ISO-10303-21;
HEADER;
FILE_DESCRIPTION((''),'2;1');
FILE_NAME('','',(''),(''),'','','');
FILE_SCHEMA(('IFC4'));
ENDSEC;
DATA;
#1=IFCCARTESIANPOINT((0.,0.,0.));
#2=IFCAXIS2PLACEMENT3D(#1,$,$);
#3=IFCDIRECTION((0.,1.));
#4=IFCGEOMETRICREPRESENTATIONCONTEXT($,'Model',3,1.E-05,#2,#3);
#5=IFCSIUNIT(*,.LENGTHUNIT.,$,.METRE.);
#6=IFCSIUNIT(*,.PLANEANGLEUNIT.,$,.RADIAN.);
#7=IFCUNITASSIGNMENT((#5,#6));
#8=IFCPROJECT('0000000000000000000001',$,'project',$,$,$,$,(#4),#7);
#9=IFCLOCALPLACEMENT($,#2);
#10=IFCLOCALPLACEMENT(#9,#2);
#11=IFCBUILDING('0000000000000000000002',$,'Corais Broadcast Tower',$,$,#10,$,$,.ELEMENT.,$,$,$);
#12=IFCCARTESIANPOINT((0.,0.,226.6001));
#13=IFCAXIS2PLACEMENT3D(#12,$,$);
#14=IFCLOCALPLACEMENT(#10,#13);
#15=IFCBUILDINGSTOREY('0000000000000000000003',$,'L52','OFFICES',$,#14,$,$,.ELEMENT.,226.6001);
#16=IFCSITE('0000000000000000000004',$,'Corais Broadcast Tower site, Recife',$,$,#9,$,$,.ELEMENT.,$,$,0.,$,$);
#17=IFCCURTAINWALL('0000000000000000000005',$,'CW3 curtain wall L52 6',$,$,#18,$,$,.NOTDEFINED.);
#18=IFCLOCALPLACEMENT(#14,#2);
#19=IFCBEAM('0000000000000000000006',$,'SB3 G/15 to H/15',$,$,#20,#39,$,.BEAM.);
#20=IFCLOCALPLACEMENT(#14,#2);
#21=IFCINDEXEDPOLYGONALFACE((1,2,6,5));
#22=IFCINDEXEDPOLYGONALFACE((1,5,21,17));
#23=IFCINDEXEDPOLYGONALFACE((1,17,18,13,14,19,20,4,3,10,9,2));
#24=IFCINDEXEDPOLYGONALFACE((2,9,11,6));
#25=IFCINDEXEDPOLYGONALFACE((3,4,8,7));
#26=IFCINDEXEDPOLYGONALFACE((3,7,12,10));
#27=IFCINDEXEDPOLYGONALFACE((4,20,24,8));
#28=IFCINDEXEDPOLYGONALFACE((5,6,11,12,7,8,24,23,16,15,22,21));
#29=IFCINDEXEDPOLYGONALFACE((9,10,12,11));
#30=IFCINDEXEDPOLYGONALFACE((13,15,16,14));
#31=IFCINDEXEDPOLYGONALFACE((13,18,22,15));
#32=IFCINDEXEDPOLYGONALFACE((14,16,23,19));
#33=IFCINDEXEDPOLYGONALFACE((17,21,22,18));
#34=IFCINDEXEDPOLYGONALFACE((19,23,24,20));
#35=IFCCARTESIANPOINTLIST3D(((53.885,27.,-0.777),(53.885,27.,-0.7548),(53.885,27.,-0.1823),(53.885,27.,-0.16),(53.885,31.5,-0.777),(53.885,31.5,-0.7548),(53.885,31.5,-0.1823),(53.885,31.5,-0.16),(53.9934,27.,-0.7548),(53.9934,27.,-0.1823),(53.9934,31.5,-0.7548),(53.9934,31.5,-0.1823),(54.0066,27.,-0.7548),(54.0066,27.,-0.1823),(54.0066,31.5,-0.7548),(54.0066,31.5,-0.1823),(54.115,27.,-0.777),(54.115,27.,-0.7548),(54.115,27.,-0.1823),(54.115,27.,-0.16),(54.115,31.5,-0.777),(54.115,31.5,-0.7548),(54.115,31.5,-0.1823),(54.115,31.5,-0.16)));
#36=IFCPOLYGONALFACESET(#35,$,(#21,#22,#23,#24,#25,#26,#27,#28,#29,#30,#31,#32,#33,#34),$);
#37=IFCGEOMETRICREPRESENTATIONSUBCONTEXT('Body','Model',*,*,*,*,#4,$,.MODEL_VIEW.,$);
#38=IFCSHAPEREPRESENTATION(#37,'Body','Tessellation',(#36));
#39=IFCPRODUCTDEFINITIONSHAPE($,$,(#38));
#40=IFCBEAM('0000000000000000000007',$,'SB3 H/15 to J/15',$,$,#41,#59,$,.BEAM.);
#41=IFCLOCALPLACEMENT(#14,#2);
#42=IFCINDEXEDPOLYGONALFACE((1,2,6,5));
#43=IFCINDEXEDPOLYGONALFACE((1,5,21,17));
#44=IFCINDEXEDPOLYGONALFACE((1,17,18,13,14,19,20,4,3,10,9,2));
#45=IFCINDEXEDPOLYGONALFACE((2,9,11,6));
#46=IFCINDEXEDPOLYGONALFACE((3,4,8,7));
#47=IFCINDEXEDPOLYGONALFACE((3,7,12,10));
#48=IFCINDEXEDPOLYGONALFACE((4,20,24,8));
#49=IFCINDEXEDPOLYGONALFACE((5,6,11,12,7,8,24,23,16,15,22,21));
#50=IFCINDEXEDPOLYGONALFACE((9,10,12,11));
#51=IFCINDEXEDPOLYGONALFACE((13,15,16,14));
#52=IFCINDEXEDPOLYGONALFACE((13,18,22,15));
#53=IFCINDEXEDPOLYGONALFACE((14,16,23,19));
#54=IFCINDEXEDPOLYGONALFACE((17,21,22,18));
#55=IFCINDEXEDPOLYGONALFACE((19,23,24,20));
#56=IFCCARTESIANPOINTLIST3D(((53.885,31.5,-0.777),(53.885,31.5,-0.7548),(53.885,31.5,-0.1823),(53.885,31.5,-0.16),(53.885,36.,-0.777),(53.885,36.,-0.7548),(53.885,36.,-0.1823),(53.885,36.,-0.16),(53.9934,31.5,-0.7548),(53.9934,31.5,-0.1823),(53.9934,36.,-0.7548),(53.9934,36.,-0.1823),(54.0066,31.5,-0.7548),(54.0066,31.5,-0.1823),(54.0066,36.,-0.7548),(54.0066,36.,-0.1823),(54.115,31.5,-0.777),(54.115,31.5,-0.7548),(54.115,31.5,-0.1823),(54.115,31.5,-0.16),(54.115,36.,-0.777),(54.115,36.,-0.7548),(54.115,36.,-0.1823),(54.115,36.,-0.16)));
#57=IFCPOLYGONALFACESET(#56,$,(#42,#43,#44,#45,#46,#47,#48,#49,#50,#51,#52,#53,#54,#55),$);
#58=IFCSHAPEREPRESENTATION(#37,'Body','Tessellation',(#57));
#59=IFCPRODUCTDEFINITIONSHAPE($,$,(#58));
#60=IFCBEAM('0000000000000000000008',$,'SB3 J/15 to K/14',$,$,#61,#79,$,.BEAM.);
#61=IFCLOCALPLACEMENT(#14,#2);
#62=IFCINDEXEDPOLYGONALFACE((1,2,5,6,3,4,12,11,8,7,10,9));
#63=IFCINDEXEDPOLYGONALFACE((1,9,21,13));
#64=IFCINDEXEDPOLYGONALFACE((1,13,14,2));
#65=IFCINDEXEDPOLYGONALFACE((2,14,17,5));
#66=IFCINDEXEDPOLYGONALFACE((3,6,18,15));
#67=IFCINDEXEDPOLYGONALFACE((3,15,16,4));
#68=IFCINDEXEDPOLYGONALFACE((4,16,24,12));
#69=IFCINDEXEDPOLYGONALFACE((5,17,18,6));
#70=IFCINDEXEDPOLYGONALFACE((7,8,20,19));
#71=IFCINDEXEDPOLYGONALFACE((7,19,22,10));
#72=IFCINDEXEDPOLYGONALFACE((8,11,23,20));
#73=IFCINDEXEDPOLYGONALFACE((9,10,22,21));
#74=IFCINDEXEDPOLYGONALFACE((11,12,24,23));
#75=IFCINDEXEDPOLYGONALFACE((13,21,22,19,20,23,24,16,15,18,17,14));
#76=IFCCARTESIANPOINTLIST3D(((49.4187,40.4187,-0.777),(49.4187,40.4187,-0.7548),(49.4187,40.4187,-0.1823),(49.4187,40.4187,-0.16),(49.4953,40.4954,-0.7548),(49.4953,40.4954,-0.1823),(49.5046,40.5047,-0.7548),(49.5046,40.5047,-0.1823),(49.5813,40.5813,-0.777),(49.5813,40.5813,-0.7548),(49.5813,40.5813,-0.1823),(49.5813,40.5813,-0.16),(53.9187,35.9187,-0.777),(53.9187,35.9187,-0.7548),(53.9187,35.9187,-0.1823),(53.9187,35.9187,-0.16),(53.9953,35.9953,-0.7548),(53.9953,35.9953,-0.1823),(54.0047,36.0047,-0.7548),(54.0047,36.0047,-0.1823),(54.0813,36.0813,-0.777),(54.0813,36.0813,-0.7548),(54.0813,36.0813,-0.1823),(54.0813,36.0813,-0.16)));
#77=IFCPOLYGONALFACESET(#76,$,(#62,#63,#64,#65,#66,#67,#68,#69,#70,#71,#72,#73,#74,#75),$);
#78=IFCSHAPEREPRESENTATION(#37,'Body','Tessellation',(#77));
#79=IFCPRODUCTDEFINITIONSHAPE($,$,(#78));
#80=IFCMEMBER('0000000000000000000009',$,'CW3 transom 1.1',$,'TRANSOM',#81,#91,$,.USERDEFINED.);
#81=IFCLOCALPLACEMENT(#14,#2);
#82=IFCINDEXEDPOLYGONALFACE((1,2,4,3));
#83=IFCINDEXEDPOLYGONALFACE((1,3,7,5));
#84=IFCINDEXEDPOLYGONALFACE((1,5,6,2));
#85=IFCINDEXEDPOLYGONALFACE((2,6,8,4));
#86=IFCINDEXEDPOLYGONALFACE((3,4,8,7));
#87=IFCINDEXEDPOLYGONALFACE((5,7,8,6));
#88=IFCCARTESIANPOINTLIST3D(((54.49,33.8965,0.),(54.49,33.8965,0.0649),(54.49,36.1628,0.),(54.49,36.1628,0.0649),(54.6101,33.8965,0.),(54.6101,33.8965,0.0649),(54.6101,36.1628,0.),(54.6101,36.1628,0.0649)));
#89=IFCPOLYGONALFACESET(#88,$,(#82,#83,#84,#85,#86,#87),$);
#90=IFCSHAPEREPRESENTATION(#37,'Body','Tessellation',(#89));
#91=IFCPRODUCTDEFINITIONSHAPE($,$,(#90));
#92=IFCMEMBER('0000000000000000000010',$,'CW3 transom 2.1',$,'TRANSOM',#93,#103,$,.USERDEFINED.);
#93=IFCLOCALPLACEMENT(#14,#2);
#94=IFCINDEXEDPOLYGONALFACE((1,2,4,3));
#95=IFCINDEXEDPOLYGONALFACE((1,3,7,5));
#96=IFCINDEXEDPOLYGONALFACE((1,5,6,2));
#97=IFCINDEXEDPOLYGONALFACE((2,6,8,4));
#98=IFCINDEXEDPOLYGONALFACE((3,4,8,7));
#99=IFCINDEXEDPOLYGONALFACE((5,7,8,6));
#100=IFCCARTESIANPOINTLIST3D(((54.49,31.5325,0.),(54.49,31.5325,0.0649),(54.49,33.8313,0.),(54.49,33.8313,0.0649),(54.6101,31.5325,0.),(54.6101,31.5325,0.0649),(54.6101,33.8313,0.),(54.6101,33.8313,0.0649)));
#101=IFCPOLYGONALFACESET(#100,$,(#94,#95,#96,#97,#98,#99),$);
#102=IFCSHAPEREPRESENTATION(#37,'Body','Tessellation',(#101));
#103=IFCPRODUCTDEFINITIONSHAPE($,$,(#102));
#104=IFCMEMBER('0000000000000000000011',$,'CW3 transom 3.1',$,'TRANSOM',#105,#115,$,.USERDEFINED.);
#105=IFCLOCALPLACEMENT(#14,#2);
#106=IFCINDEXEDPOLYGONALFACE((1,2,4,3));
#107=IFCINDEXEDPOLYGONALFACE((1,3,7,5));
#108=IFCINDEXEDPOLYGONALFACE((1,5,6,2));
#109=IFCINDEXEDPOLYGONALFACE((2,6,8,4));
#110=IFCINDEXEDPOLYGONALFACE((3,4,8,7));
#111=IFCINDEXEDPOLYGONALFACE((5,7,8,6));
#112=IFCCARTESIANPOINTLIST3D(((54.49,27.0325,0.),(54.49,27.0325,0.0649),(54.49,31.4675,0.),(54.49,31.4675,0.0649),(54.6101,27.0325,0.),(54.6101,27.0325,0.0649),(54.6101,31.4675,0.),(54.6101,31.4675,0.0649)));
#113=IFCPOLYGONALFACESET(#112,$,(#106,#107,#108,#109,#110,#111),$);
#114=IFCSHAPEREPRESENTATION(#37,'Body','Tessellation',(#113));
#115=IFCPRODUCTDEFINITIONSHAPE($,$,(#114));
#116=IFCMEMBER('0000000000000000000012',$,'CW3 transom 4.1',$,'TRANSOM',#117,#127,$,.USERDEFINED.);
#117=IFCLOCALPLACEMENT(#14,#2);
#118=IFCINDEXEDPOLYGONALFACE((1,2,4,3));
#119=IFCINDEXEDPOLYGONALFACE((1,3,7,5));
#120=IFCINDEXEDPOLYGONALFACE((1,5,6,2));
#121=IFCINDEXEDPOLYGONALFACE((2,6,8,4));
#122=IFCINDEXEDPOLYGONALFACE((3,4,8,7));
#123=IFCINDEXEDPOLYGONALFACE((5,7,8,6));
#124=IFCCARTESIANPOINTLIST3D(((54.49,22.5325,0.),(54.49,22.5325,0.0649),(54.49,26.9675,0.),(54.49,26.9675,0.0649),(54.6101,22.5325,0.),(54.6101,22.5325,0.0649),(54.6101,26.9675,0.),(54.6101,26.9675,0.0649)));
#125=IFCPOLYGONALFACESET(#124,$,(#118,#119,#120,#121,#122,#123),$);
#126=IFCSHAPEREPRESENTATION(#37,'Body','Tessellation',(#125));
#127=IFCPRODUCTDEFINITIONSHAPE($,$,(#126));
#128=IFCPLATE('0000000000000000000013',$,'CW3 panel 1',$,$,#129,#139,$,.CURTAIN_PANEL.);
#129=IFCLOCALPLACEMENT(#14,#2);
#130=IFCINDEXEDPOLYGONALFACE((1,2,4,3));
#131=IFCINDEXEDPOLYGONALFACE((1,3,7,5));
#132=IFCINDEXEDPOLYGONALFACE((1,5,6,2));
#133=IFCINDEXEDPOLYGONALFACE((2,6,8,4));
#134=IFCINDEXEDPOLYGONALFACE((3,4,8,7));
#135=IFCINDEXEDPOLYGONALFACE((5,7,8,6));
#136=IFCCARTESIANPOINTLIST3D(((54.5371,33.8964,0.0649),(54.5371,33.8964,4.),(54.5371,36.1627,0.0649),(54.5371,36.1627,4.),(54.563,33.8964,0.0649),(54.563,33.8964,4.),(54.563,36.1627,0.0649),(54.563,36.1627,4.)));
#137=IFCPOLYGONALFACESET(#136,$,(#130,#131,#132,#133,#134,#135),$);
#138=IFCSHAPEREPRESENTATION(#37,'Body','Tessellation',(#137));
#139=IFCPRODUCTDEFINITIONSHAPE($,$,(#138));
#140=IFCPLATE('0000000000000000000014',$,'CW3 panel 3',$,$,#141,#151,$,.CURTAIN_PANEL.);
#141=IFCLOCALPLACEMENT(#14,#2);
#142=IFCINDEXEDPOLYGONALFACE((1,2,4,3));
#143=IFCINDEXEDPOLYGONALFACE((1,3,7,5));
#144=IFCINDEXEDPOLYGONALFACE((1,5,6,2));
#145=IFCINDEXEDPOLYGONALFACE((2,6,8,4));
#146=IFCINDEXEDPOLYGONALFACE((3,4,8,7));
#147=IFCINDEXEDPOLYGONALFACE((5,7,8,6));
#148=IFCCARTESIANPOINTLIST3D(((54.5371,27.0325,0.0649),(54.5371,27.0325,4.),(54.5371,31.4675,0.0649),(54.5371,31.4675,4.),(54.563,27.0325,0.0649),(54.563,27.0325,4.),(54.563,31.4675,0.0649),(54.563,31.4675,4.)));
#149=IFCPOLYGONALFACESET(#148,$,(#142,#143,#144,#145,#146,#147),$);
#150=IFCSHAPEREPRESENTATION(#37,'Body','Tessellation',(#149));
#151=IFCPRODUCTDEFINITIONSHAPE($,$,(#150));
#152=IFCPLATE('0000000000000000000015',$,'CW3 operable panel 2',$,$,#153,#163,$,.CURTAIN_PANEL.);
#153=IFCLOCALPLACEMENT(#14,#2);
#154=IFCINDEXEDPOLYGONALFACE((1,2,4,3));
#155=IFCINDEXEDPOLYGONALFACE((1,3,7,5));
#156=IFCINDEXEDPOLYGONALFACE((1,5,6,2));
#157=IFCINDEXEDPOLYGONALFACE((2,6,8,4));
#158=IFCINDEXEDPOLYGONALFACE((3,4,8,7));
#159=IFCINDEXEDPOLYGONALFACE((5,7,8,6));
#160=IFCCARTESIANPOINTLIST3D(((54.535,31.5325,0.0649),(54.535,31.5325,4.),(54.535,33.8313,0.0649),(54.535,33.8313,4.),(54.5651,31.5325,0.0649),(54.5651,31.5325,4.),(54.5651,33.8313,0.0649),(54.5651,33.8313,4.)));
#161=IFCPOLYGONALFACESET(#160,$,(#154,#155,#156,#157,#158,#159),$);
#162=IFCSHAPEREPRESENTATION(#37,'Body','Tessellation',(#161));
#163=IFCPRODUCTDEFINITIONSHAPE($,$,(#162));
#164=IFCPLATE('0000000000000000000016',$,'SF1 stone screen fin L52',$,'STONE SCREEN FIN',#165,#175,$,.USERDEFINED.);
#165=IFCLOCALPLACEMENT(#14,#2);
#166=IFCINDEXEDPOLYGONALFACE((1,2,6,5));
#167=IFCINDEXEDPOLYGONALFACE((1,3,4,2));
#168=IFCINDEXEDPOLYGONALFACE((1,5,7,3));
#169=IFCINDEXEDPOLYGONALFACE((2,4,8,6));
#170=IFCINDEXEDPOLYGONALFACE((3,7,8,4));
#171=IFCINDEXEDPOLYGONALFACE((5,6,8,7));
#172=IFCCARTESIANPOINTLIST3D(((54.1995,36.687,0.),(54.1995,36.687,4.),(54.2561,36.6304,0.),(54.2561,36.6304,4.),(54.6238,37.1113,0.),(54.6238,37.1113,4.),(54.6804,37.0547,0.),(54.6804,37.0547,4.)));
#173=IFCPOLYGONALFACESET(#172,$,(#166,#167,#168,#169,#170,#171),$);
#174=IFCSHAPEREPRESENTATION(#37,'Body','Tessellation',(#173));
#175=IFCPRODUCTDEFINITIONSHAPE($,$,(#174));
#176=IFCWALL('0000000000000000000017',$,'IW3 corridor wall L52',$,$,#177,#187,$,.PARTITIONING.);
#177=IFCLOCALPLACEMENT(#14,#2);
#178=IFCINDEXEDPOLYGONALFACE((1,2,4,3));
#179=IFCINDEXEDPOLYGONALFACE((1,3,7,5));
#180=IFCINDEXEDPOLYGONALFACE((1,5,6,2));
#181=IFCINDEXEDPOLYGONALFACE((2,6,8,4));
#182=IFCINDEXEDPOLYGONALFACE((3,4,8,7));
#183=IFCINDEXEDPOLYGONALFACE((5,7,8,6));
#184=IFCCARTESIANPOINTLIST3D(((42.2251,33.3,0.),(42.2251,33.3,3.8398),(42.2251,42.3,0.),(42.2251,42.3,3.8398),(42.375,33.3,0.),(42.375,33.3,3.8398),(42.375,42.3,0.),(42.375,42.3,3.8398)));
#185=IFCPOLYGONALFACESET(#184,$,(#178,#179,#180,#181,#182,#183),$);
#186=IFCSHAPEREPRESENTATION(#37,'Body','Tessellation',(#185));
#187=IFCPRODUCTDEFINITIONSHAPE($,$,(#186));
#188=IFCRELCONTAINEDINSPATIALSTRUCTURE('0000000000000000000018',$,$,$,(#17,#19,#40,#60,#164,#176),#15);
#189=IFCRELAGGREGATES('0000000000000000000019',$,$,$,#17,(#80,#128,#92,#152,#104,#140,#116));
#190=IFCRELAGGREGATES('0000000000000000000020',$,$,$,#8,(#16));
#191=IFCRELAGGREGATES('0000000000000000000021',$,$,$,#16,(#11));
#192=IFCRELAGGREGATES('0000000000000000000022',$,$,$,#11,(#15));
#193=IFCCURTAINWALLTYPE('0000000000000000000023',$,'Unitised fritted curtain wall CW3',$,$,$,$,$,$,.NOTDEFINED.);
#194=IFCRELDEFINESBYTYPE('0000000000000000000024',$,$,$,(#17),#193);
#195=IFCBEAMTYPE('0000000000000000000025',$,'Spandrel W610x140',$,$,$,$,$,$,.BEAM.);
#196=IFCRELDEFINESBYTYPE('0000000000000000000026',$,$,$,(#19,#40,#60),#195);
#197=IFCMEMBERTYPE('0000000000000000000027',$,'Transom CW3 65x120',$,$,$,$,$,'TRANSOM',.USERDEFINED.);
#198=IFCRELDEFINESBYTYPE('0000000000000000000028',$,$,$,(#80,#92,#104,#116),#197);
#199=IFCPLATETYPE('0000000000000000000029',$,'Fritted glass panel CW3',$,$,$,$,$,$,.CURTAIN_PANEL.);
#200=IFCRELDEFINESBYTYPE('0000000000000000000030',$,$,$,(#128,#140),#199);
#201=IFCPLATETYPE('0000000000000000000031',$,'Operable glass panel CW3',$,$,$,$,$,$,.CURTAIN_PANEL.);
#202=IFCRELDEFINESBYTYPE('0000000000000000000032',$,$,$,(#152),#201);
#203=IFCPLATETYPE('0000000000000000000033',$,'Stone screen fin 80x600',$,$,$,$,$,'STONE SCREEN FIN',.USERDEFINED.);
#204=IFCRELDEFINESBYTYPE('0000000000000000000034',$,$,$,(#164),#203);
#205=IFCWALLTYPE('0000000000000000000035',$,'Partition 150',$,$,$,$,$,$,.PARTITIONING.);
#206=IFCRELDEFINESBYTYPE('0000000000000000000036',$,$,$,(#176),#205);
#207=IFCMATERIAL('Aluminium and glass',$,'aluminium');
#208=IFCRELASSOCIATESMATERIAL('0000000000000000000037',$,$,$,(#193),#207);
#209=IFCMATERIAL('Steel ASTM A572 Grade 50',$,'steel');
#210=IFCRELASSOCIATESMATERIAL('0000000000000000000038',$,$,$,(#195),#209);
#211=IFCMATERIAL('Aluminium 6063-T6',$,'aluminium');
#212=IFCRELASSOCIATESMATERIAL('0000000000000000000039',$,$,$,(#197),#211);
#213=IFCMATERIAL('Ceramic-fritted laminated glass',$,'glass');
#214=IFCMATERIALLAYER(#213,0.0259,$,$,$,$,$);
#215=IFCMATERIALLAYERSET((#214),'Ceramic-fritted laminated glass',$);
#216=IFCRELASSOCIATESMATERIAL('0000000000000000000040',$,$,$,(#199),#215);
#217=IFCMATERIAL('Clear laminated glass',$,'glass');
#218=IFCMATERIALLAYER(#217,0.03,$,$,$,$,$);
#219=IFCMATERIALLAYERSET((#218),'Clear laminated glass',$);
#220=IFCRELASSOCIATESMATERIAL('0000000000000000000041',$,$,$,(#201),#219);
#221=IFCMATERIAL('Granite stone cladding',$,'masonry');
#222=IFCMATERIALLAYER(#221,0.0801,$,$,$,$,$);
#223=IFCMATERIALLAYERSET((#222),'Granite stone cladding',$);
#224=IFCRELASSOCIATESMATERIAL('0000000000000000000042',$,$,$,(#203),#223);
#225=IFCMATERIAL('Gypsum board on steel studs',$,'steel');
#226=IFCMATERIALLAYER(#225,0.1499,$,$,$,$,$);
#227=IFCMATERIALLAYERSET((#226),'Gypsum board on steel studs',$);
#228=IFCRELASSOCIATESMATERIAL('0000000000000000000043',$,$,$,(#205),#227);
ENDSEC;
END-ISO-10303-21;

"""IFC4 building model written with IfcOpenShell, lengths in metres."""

from ifc_helpers import new_model, si_unit, direction, frame, frame_2d, origin, origin_2d, place, context, subcontext, project, spatial, rectangle, i_section, extrude, material, layer, layer_set, material_profile, profile_set, type_object, element, aggregate, save


model = new_model("IFC4")

# Units and contexts
model_context = context("Model", 3, precision=1e-05, world=origin(), true_north=direction((0.0, 1.0)))
body_context = subcontext(model_context, "Body", "Model", "MODEL_VIEW")
ifc_project = project(units=[si_unit("LENGTHUNIT", "METRE"), si_unit("PLANEANGLEUNIT", "RADIAN")], contexts=[model_context])

# Site, building, storey
site_placement = place(None, origin())
site = spatial("IfcSite", under=ifc_project, at=site_placement, Name="Corais Broadcast Tower site, Recife", CompositionType="ELEMENT", RefElevation=0.0)
building_placement = place(site_placement, origin())
building = spatial("IfcBuilding", under=site, at=building_placement, Name="Corais Broadcast Tower", CompositionType="ELEMENT")
storey_placement = place(building_placement, frame((0.0, 0.0, 226.6001)))
storey = spatial("IfcBuildingStorey", under=building, at=storey_placement, Name="L52", Description="OFFICES", CompositionType="ELEMENT", Elevation=226.6001)

# Shared definitions
ifc_material_1 = material(Name="Aluminium and glass", Category="aluminium")
curtain_wall_type = type_object("IfcCurtainWallType", Name="Unitised fritted curtain wall CW3", PredefinedType="NOTDEFINED", material=ifc_material_1)

# Curtain wall
curtain_wall_1_placement = place(storey_placement, origin())
curtain_wall_1 = element("IfcCurtainWall", 1, at=curtain_wall_1_placement, inside=storey, type_object=curtain_wall_type, Name="CW3 curtain wall L52 6", PredefinedType="NOTDEFINED")

# Beams
ifc_material_2 = material(Name="Steel ASTM A572 Grade 50", Category="steel")
ifc_material_profile_1 = material_profile(ifc_material_2, i_section(OverallWidth=0.23, OverallDepth=0.6169, WebThickness=0.0132, FlangeThickness=0.0222, at=origin_2d()), Name="W610x140")
ifc_profile_set_1 = profile_set([ifc_material_profile_1], Name="Steel ASTM A572 Grade 50")
beam_type_1 = type_object("IfcBeamType", Name="Spandrel W610x140", PredefinedType="BEAM", material=ifc_profile_set_1)
for number, where, z_axis, x_axis, name in (
    (2, (54.0, 27.0, -0.4685), (0.0, 1.0, 0.0), (-1.0, 0.0, 0.0), "SB3 G/15 to H/15"),
    (3, (54.0, 31.5, -0.4685), (0.0, 1.0, 0.0), (-1.0, 0.0, 0.0), "SB3 H/15 to J/15"),
):
    element("IfcBeam", number, at=place(storey_placement, frame(where, z_axis=z_axis, x_axis=x_axis)), inside=storey, type_object=beam_type_1, Name=name, PredefinedType="BEAM", context=body_context, shape_type="SweptSolid", body=[
        extrude(i_section(OverallWidth=0.23, OverallDepth=0.6169, WebThickness=0.0132, FlangeThickness=0.0222, at=origin_2d()), origin(), (0.0, 0.0, 1.0), 4.5),
    ])
beam_placement = place(storey_placement, frame((54.0, 36.0, -0.4685), z_axis=(-0.707107, 0.707107, 0.0), x_axis=(-0.707107, -0.707107, 0.0)))
element("IfcBeam", 4, at=beam_placement, inside=storey, type_object=beam_type_1, Name="SB3 J/15 to K/14", PredefinedType="BEAM", context=body_context, shape_type="SweptSolid", body=[
    extrude(i_section(OverallWidth=0.23, OverallDepth=0.6169, WebThickness=0.0132, FlangeThickness=0.0222, at=origin_2d()), origin(), (0.0, 0.0, 1.0), 6.364),
])

# Members
ifc_material_3 = material(Name="Aluminium 6063-T6", Category="aluminium")
ifc_material_profile_2 = material_profile(ifc_material_3, rectangle(XDim=0.1201, YDim=0.0649, at=origin_2d()), Name="Transom CW3 65x120")
ifc_profile_set_2 = profile_set([ifc_material_profile_2], Name="Aluminium 6063-T6")
member_type_1 = type_object("IfcMemberType", Name="Transom CW3 65x120", ElementType="TRANSOM", PredefinedType="USERDEFINED", material=ifc_profile_set_2)
member_1_placement = place(storey_placement, frame((54.55, 36.1628, 0.0325), z_axis=(0.0, -1.0, 0.0), x_axis=(1.0, 0.0, 0.0)))
member_1 = element("IfcMember", 5, at=member_1_placement, type_object=member_type_1, Name="CW3 transom 1.1", ObjectType="TRANSOM", PredefinedType="USERDEFINED", context=body_context, shape_type="SweptSolid", body=[
    extrude(rectangle(XDim=0.1201, YDim=0.0649, at=origin_2d()), origin(), (0.0, 0.0, 1.0), 2.2664),
])
member_2_placement = place(storey_placement, frame((54.55, 33.8313, 0.0325), z_axis=(0.0, -1.0, 0.0), x_axis=(1.0, 0.0, 0.0)))
member_2 = element("IfcMember", 6, at=member_2_placement, type_object=member_type_1, Name="CW3 transom 2.1", ObjectType="TRANSOM", PredefinedType="USERDEFINED", context=body_context, shape_type="SweptSolid", body=[
    extrude(rectangle(XDim=0.1201, YDim=0.0649, at=origin_2d()), origin(), (0.0, 0.0, 1.0), 2.2988),
])
member_3_placement = place(storey_placement, frame((54.55, 31.4675, 0.0325), z_axis=(0.0, -1.0, 0.0), x_axis=(1.0, 0.0, 0.0)))
member_3 = element("IfcMember", 7, at=member_3_placement, type_object=member_type_1, Name="CW3 transom 3.1", ObjectType="TRANSOM", PredefinedType="USERDEFINED", context=body_context, shape_type="SweptSolid", body=[
    extrude(rectangle(XDim=0.1201, YDim=0.0649, at=origin_2d()), origin(), (0.0, 0.0, 1.0), 4.4351),
])
member_4_placement = place(storey_placement, frame((54.55, 26.9675, 0.0325), z_axis=(0.0, -1.0, 0.0), x_axis=(1.0, 0.0, 0.0)))
member_4 = element("IfcMember", 8, at=member_4_placement, type_object=member_type_1, Name="CW3 transom 4.1", ObjectType="TRANSOM", PredefinedType="USERDEFINED", context=body_context, shape_type="SweptSolid", body=[
    extrude(rectangle(XDim=0.1201, YDim=0.0649, at=origin_2d()), origin(), (0.0, 0.0, 1.0), 4.4351),
])

# Plates
ifc_material_4 = material(Name="Ceramic-fritted laminated glass", Category="glass")
ifc_layer_1 = layer(ifc_material_4, 0.0259)
ifc_layer_set_1 = layer_set([ifc_layer_1], Name="Ceramic-fritted laminated glass")
plate_type_1 = type_object("IfcPlateType", Name="Fritted glass panel CW3", PredefinedType="CURTAIN_PANEL", material=ifc_layer_set_1)
plate_1_placement = place(storey_placement, frame((54.55, 35.0295, 0.0649), z_axis=(0.0, 0.0, 1.0), x_axis=(0.0, -1.0, 0.0)))
plate_1 = element("IfcPlate", 9, at=plate_1_placement, type_object=plate_type_1, Name="CW3 panel 1", PredefinedType="CURTAIN_PANEL", context=body_context, shape_type="SweptSolid", body=[
    extrude(rectangle(XDim=2.2664, YDim=0.0259, at=origin_2d()), origin(), (0.0, 0.0, 1.0), 3.9351),
])
plate_2_placement = place(storey_placement, frame((54.55, 29.25, 0.0649), z_axis=(0.0, 0.0, 1.0), x_axis=(0.0, -1.0, 0.0)))
plate_2 = element("IfcPlate", 10, at=plate_2_placement, type_object=plate_type_1, Name="CW3 panel 3", PredefinedType="CURTAIN_PANEL", context=body_context, shape_type="SweptSolid", body=[
    extrude(rectangle(XDim=4.4351, YDim=0.0259, at=origin_2d()), origin(), (0.0, 0.0, 1.0), 3.9351),
])
ifc_material_5 = material(Name="Clear laminated glass", Category="glass")
ifc_layer_2 = layer(ifc_material_5, 0.03)
ifc_layer_set_2 = layer_set([ifc_layer_2], Name="Clear laminated glass")
plate_type_2 = type_object("IfcPlateType", Name="Operable glass panel CW3", PredefinedType="CURTAIN_PANEL", material=ifc_layer_set_2)
plate_3_placement = place(storey_placement, frame((54.55, 32.6819, 0.0649), z_axis=(0.0, 0.0, 1.0), x_axis=(0.0, -1.0, 0.0)))
plate_3 = element("IfcPlate", 11, at=plate_3_placement, type_object=plate_type_2, Name="CW3 operable panel 2", PredefinedType="CURTAIN_PANEL", context=body_context, shape_type="SweptSolid", body=[
    extrude(rectangle(XDim=2.2988, YDim=0.03, at=origin_2d()), origin(), (0.0, 0.0, 1.0), 3.9351),
])
aggregate(curtain_wall_1, [member_1, plate_1, member_2, plate_3, member_3, plate_2, member_4])
ifc_material_6 = material(Name="Granite stone cladding", Category="masonry")
ifc_layer_3 = layer(ifc_material_6, 0.0801)
ifc_layer_set_3 = layer_set([ifc_layer_3], Name="Granite stone cladding")
plate_type_3 = type_object("IfcPlateType", Name="Stone screen fin 80x600", ElementType="STONE SCREEN FIN", PredefinedType="USERDEFINED", material=ifc_layer_set_3)
plate_4_placement = place(storey_placement, frame((54.4399, 36.8708, 0.0), z_axis=(0.0, 0.0, 1.0), x_axis=(0.707107, -0.707107, 0.0)))
element("IfcPlate", 12, at=plate_4_placement, inside=storey, type_object=plate_type_3, Name="SF1 stone screen fin L52", ObjectType="STONE SCREEN FIN", PredefinedType="USERDEFINED", context=body_context, shape_type="SweptSolid", body=[
    extrude(rectangle(XDim=0.0801, YDim=0.6001, at=origin_2d()), origin(), (0.0, 0.0, 1.0), 4.0),
])

# Wall
ifc_material_7 = material(Name="Gypsum board on steel studs", Category="steel")
ifc_layer_4 = layer(ifc_material_7, 0.1499)
ifc_layer_set_4 = layer_set([ifc_layer_4], Name="Gypsum board on steel studs")
wall_type = type_object("IfcWallType", Name="Partition 150", PredefinedType="PARTITIONING", material=ifc_layer_set_4)
wall_1_placement = place(storey_placement, frame((42.3, 33.3, 0.0), z_axis=(0.0, 0.0, 1.0), x_axis=(0.0, 1.0, 0.0)))
element("IfcWall", 13, at=wall_1_placement, inside=storey, type_object=wall_type, Name="IW3 corridor wall L52", PredefinedType="PARTITIONING", context=body_context, shape_type="SweptSolid", body=[
    extrude(rectangle(XDim=9.0, YDim=0.1499, at=frame_2d((4.5, 0.0))), origin(), (0.0, 0.0, 1.0), 3.8398),
])

save(model, "model.ifc")
